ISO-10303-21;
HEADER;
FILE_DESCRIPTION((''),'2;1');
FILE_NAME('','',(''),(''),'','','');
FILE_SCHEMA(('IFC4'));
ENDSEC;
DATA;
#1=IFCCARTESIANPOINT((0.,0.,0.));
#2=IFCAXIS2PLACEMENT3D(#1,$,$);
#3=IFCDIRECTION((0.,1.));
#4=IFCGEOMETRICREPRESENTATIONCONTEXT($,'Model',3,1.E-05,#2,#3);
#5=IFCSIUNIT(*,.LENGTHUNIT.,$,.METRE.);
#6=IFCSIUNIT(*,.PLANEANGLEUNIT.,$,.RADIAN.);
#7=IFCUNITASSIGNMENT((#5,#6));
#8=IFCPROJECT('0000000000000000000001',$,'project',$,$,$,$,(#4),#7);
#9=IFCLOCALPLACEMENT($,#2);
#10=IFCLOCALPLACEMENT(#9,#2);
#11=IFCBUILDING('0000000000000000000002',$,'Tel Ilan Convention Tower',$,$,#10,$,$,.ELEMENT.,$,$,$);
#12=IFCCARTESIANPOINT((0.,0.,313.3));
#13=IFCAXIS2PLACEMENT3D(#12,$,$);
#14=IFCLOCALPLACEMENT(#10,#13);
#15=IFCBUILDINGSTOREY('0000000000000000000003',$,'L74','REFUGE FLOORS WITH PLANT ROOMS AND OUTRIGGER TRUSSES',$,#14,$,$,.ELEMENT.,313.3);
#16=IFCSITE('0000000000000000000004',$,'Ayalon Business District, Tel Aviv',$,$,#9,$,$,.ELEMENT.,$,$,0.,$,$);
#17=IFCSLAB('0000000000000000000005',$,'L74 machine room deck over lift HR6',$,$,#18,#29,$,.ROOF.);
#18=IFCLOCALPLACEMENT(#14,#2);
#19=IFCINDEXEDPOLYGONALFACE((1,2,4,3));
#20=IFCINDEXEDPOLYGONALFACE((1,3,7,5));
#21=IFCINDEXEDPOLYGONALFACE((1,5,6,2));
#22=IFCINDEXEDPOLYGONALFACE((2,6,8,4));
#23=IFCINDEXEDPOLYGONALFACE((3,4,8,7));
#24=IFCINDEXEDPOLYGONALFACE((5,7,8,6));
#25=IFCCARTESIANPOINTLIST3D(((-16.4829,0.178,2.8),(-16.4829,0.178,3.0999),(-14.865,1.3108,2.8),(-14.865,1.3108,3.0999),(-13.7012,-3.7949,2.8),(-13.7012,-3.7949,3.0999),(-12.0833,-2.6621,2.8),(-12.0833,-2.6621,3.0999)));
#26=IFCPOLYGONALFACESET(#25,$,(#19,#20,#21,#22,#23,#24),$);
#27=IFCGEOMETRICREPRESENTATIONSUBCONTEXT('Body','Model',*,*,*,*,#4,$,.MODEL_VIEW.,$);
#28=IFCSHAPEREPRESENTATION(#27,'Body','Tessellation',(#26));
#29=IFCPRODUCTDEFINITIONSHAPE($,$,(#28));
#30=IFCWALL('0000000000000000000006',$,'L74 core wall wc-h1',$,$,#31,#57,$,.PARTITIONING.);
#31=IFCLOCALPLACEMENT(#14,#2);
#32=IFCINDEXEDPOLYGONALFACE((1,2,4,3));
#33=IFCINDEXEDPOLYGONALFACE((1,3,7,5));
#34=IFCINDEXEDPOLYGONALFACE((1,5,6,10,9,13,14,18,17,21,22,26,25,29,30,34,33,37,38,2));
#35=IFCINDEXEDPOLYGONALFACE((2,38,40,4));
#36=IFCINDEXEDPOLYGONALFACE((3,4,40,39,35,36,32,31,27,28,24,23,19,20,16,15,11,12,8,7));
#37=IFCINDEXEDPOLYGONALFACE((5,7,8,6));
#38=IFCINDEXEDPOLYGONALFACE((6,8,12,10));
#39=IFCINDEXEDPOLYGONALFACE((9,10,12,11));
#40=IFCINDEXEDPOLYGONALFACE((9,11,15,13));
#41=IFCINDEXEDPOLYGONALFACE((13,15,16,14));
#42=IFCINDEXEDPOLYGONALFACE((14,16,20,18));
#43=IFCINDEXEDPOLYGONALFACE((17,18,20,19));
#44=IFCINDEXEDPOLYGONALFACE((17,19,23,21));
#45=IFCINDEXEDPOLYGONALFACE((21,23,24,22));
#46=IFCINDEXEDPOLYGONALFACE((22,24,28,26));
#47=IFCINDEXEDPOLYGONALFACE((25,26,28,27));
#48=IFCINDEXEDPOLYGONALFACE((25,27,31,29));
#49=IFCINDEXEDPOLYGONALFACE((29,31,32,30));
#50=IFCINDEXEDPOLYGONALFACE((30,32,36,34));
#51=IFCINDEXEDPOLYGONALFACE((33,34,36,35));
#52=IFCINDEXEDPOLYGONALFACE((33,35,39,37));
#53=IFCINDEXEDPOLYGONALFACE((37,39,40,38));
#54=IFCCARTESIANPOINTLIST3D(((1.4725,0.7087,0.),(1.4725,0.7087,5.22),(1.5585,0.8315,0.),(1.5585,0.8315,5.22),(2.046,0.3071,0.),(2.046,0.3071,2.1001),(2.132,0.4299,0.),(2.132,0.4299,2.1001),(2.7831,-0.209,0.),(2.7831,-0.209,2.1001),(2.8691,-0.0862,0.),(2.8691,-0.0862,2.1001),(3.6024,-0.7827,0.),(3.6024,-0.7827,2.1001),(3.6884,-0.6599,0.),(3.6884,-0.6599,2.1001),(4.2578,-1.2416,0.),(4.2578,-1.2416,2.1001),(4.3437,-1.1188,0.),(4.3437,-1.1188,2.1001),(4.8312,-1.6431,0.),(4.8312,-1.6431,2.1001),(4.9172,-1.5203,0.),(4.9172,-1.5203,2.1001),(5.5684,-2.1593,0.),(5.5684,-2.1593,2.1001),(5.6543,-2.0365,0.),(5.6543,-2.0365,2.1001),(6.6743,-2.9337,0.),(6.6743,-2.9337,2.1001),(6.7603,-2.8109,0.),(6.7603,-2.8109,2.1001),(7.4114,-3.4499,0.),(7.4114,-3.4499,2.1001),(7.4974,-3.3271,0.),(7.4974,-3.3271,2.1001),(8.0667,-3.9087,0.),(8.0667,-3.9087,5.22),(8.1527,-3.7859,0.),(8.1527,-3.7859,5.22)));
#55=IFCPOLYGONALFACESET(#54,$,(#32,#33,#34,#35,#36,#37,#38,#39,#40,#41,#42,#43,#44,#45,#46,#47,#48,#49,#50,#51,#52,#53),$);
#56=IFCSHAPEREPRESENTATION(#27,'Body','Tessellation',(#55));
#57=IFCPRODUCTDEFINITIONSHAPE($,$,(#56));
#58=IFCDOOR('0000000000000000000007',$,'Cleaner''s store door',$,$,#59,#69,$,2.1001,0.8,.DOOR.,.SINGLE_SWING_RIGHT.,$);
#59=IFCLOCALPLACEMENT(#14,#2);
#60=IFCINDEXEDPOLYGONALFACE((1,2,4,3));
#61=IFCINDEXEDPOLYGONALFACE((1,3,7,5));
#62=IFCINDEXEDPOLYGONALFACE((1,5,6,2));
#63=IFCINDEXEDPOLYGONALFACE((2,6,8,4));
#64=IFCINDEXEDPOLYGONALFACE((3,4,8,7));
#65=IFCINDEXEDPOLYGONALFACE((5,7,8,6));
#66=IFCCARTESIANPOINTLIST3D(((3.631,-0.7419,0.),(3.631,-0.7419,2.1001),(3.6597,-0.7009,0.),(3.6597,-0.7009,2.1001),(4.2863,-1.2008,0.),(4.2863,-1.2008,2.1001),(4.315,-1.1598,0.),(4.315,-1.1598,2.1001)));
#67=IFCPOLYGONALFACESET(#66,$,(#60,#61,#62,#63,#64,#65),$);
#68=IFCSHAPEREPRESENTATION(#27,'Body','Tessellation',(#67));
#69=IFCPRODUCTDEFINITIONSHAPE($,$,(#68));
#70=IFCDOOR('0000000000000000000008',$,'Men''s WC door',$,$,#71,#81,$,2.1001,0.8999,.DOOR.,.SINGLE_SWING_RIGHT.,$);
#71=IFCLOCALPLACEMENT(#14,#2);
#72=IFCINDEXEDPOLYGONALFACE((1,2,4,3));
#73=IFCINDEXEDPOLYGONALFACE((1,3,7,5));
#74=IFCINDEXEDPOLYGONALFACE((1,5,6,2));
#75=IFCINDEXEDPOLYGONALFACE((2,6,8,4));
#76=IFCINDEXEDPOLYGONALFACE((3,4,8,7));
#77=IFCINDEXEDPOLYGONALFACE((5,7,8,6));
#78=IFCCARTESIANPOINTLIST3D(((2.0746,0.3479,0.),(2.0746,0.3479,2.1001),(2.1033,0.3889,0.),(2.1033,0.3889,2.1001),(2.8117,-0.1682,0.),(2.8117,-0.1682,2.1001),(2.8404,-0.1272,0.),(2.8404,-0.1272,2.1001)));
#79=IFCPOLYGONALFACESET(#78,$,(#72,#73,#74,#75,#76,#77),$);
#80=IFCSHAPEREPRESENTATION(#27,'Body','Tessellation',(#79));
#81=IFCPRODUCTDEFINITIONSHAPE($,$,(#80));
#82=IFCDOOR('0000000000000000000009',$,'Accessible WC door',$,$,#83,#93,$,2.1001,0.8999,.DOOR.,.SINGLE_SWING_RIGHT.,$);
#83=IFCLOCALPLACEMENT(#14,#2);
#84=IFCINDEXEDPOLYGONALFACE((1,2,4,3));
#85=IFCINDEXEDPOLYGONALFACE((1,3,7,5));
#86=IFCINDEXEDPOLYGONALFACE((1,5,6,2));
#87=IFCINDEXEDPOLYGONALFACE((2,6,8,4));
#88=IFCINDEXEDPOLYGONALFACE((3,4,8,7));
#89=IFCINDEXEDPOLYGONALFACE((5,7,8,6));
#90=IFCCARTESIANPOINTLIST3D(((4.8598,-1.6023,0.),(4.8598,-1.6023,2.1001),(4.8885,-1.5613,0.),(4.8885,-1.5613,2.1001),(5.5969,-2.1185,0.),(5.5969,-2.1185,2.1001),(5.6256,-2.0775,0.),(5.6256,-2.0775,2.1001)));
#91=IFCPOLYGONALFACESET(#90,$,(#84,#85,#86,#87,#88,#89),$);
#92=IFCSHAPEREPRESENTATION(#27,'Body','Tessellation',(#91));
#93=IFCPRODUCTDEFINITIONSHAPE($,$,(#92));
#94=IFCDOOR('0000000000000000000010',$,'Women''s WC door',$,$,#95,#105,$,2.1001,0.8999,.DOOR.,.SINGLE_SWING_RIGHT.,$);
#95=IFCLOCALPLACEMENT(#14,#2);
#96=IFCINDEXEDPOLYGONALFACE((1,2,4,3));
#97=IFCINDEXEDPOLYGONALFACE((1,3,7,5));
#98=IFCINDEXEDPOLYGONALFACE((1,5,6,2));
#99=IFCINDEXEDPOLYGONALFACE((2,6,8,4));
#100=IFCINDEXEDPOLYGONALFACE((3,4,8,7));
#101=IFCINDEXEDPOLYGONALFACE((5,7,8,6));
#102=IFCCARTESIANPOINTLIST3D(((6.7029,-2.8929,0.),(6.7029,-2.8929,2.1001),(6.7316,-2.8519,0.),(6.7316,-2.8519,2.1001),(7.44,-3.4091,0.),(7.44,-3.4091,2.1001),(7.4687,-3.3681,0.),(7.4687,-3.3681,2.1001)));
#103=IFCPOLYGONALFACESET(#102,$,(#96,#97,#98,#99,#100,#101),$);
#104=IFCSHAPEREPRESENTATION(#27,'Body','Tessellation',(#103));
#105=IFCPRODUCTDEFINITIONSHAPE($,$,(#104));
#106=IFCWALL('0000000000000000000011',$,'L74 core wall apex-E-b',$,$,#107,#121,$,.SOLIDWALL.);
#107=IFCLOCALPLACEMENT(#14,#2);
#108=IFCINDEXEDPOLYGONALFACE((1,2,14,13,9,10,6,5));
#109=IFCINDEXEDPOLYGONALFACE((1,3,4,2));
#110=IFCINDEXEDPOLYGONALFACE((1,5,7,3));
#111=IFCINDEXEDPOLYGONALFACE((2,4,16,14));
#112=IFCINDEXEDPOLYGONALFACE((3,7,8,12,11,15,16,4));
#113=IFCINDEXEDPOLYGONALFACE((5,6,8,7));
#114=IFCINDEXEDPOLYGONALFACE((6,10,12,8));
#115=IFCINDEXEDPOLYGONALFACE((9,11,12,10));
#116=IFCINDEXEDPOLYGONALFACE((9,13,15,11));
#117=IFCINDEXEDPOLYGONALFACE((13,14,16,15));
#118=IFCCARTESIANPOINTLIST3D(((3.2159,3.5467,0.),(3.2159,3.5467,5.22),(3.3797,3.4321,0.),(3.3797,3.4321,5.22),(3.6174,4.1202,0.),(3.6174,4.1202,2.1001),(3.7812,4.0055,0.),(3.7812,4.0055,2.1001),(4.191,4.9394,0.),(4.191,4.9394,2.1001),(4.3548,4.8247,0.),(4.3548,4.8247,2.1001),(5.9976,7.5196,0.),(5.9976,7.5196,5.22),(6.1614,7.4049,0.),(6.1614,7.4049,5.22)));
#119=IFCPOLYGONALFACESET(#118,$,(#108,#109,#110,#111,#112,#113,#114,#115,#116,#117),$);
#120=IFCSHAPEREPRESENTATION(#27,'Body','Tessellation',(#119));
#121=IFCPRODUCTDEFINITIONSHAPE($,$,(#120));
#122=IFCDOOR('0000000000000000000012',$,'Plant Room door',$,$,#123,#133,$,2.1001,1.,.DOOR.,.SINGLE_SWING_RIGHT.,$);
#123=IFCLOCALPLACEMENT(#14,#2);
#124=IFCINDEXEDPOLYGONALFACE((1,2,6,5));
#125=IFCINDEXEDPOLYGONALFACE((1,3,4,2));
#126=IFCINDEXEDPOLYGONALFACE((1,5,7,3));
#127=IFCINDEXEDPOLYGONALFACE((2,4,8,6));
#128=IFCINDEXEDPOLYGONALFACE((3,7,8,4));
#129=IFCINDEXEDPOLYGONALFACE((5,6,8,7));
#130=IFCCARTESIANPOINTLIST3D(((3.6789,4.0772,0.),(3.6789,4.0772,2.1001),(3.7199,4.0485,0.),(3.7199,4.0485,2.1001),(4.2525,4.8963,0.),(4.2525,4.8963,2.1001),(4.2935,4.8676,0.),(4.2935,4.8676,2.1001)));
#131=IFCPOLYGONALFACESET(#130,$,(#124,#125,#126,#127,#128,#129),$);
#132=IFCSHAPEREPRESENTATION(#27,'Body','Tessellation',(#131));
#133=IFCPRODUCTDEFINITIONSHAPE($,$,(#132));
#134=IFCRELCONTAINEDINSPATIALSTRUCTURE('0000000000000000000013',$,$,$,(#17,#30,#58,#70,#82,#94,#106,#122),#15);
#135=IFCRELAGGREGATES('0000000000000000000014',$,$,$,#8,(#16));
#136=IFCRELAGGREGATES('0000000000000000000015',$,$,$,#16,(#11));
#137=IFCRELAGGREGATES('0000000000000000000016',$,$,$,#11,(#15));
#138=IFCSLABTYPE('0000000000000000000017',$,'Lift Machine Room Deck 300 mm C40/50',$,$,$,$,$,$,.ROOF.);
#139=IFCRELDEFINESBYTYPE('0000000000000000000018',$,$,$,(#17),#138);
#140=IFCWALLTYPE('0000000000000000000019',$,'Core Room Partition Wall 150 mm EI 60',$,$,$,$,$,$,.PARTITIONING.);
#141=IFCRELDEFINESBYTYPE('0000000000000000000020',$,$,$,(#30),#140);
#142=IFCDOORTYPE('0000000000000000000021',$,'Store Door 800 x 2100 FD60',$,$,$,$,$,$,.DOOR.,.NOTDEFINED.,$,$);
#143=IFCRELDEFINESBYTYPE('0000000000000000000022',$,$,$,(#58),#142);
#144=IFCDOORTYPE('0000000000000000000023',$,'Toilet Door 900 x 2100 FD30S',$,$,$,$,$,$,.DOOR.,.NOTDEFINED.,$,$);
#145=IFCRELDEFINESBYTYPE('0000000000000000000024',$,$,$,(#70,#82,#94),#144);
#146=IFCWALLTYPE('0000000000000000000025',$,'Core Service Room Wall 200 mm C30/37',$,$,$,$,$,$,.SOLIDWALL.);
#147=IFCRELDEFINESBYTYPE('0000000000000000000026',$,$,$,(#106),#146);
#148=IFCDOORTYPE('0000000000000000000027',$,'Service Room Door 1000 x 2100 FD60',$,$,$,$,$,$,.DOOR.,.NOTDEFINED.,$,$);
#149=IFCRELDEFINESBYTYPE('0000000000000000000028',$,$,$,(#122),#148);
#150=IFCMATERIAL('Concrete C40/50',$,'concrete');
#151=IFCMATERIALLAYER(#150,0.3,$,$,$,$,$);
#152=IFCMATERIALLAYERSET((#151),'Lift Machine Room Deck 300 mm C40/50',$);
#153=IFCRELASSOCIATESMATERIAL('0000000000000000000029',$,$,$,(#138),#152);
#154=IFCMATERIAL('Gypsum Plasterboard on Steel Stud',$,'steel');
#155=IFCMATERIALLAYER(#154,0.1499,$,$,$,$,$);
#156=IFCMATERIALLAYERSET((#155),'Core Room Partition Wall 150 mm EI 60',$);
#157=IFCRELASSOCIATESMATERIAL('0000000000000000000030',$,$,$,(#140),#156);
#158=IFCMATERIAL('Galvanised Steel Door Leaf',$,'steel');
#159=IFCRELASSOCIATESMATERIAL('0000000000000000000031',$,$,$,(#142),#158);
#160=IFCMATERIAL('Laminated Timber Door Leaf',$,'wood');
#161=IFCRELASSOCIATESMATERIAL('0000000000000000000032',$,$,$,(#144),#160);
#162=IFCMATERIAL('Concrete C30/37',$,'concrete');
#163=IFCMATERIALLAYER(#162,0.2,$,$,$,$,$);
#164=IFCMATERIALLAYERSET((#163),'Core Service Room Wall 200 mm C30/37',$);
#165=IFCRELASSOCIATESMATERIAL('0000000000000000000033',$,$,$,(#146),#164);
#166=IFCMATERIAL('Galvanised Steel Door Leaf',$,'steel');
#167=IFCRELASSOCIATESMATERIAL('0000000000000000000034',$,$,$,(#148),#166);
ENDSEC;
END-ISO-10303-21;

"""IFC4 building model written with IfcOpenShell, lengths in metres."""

from ifc_helpers import new_model, si_unit, direction, frame, frame_2d, origin, place, context, subcontext, project, spatial, polyline, rectangle, outline, extrude, material, layer, layer_set, type_object, element, fill, save


model = new_model("IFC4")

# Units and contexts
model_context = context("Model", 3, precision=1e-05, world=origin(), true_north=direction((0.0, 1.0)))
body_context = subcontext(model_context, "Body", "Model", "MODEL_VIEW")
ifc_project = project(units=[si_unit("LENGTHUNIT", "METRE"), si_unit("PLANEANGLEUNIT", "RADIAN")], contexts=[model_context])

# Site, building, storey
site_placement = place(None, origin())
site = spatial("IfcSite", under=ifc_project, at=site_placement, Name="Ayalon Business District, Tel Aviv", CompositionType="ELEMENT", RefElevation=0.0)
building_placement = place(site_placement, origin())
building = spatial("IfcBuilding", under=site, at=building_placement, Name="Tel Ilan Convention Tower", CompositionType="ELEMENT")
storey_placement = place(building_placement, frame((0.0, 0.0, 313.3)))
storey = spatial("IfcBuildingStorey", under=building, at=storey_placement, Name="L74", Description="REFUGE FLOORS WITH PLANT ROOMS AND OUTRIGGER TRUSSES", CompositionType="ELEMENT", Elevation=313.3)

# Slab
ifc_material_1 = material(Name="Concrete C40/50", Category="concrete")
ifc_layer_1 = layer(ifc_material_1, 0.3)
ifc_layer_set_1 = layer_set([ifc_layer_1], Name="Lift Machine Room Deck 300 mm C40/50")
slab_type = type_object("IfcSlabType", Name="Lift Machine Room Deck 300 mm C40/50", PredefinedType="ROOF", material=ifc_layer_set_1)
slab_placement = place(storey_placement, frame((0.0, 0.0, 2.8)))
element("IfcSlab", 1, at=slab_placement, inside=storey, type_object=slab_type, Name="L74 machine room deck over lift HR6", PredefinedType="ROOF", context=body_context, shape_type="SweptSolid", body=[
    extrude(outline(polyline([(-12.0833, -2.6621), (-13.7012, -3.7949), (-16.4829, 0.178), (-14.865, 1.3108), (-12.0833, -2.6621)])), origin(), (0.0, 0.0, 1.0), 0.2998),
])

# Wall, openings, doors
ifc_material_2 = material(Name="Gypsum Plasterboard on Steel Stud", Category="steel")
ifc_layer_2 = layer(ifc_material_2, 0.1499)
ifc_layer_set_2 = layer_set([ifc_layer_2], Name="Core Room Partition Wall 150 mm EI 60")
wall_type_1 = type_object("IfcWallType", Name="Core Room Partition Wall 150 mm EI 60", PredefinedType="PARTITIONING", material=ifc_layer_set_2)
wall_1_placement = place(storey_placement, frame((1.5156, 0.77, 0.0), z_axis=(0.0, 0.0, 1.0), x_axis=(0.819146, -0.573584, 0.0)))
wall_1 = element("IfcWall", 2, at=wall_1_placement, inside=storey, type_object=wall_type_1, Name="L74 core wall wc-h1", PredefinedType="PARTITIONING", context=body_context, shape_type="SweptSolid", body=[
    extrude(rectangle(XDim=8.05, YDim=0.1499, at=frame_2d((4.0249, 0.0))), origin(), (0.0, 0.0, 1.0), 5.22),
])
opening_1_placement = place(wall_1_placement, frame((0.7, 0.0, 0.0)))
opening_1 = element("IfcOpeningElement", 3, at=opening_1_placement, cuts=wall_1, PredefinedType="OPENING", context=body_context, shape_type="SweptSolid", body=[
    extrude(rectangle(XDim=0.8999, YDim=2.1001, at=frame_2d((0.45, 1.05))), frame((0.0, 0.085, 0.0), z_axis=(0.0, -1.0, 0.0), x_axis=(1.0, 0.0, 0.0)), (0.0, 0.0, 1.0), 0.1699),
])
opening_2_placement = place(wall_1_placement, frame((2.6001, 0.0, 0.0)))
opening_2 = element("IfcOpeningElement", 4, at=opening_2_placement, cuts=wall_1, PredefinedType="OPENING", context=body_context, shape_type="SweptSolid", body=[
    extrude(rectangle(XDim=0.8, YDim=2.1001, at=frame_2d((0.3999, 1.05))), frame((0.0, 0.085, 0.0), z_axis=(0.0, -1.0, 0.0), x_axis=(1.0, 0.0, 0.0)), (0.0, 0.0, 1.0), 0.1699),
])
opening_3_placement = place(wall_1_placement, frame((4.1001, 0.0, 0.0)))
opening_3 = element("IfcOpeningElement", 5, at=opening_3_placement, cuts=wall_1, PredefinedType="OPENING", context=body_context, shape_type="SweptSolid", body=[
    extrude(rectangle(XDim=0.8999, YDim=2.1001, at=frame_2d((0.45, 1.05))), frame((0.0, 0.085, 0.0), z_axis=(0.0, -1.0, 0.0), x_axis=(1.0, 0.0, 0.0)), (0.0, 0.0, 1.0), 0.1699),
])
opening_4_placement = place(wall_1_placement, frame((6.3501, 0.0, 0.0)))
opening_4 = element("IfcOpeningElement", 6, at=opening_4_placement, cuts=wall_1, PredefinedType="OPENING", context=body_context, shape_type="SweptSolid", body=[
    extrude(rectangle(XDim=0.8999, YDim=2.1001, at=frame_2d((0.45, 1.05))), frame((0.0, 0.085, 0.0), z_axis=(0.0, -1.0, 0.0), x_axis=(1.0, 0.0, 0.0)), (0.0, 0.0, 1.0), 0.1699),
])
ifc_material_3 = material(Name="Galvanised Steel Door Leaf", Category="steel")
door_type_1 = type_object("IfcDoorType", Name="Store Door 800 x 2100 FD60", OperationType="NOTDEFINED", PredefinedType="DOOR", material=ifc_material_3)
door_1_placement = place(opening_2_placement, origin())
door_1 = element("IfcDoor", 7, at=door_1_placement, inside=storey, type_object=door_type_1, Name="Cleaner's store door", OperationType="SINGLE_SWING_RIGHT", OverallHeight=2.1001, OverallWidth=0.8, PredefinedType="DOOR", context=body_context, shape_type="SweptSolid", body=[
    extrude(rectangle(XDim=0.8, YDim=2.1001, at=frame_2d((0.3999, 1.05))), frame((0.0, 0.0249, 0.0), z_axis=(0.0, -1.0, 0.0), x_axis=(1.0, 0.0, 0.0)), (0.0, 0.0, 1.0), 0.05),
])
fill(opening_2, door_1)
ifc_material_4 = material(Name="Laminated Timber Door Leaf", Category="wood")
door_type_2 = type_object("IfcDoorType", Name="Toilet Door 900 x 2100 FD30S", OperationType="NOTDEFINED", PredefinedType="DOOR", material=ifc_material_4)
door_2_placement = place(opening_1_placement, origin())
door_2 = element("IfcDoor", 8, at=door_2_placement, inside=storey, type_object=door_type_2, Name="Men's WC door", OperationType="SINGLE_SWING_RIGHT", OverallHeight=2.1001, OverallWidth=0.8999, PredefinedType="DOOR", context=body_context, shape_type="SweptSolid", body=[
    extrude(rectangle(XDim=0.8999, YDim=2.1001, at=frame_2d((0.45, 1.05))), frame((0.0, 0.0249, 0.0), z_axis=(0.0, -1.0, 0.0), x_axis=(1.0, 0.0, 0.0)), (0.0, 0.0, 1.0), 0.05),
])
fill(opening_1, door_2)
door_3_placement = place(opening_3_placement, origin())
door_3 = element("IfcDoor", 9, at=door_3_placement, inside=storey, type_object=door_type_2, Name="Accessible WC door", OperationType="SINGLE_SWING_RIGHT", OverallHeight=2.1001, OverallWidth=0.8999, PredefinedType="DOOR", context=body_context, shape_type="SweptSolid", body=[
    extrude(rectangle(XDim=0.8999, YDim=2.1001, at=frame_2d((0.45, 1.05))), frame((0.0, 0.0249, 0.0), z_axis=(0.0, -1.0, 0.0), x_axis=(1.0, 0.0, 0.0)), (0.0, 0.0, 1.0), 0.05),
])
fill(opening_3, door_3)
door_4_placement = place(opening_4_placement, origin())
door_4 = element("IfcDoor", 10, at=door_4_placement, inside=storey, type_object=door_type_2, Name="Women's WC door", OperationType="SINGLE_SWING_RIGHT", OverallHeight=2.1001, OverallWidth=0.8999, PredefinedType="DOOR", context=body_context, shape_type="SweptSolid", body=[
    extrude(rectangle(XDim=0.8999, YDim=2.1001, at=frame_2d((0.45, 1.05))), frame((0.0, 0.0249, 0.0), z_axis=(0.0, -1.0, 0.0), x_axis=(1.0, 0.0, 0.0)), (0.0, 0.0, 1.0), 0.05),
])
fill(opening_4, door_4)

# Wall, opening, door
ifc_material_5 = material(Name="Concrete C30/37", Category="concrete")
ifc_layer_3 = layer(ifc_material_5, 0.2)
ifc_layer_set_3 = layer_set([ifc_layer_3], Name="Core Service Room Wall 200 mm C30/37")
wall_type_2 = type_object("IfcWallType", Name="Core Service Room Wall 200 mm C30/37", PredefinedType="SOLIDWALL", material=ifc_layer_set_3)
wall_2_placement = place(storey_placement, frame((3.2979, 3.4895, 0.0), z_axis=(0.0, 0.0, 1.0), x_axis=(0.57356, 0.819163, 0.0)))
wall_2 = element("IfcWall", 11, at=wall_2_placement, inside=storey, type_object=wall_type_2, Name="L74 core wall apex-E-b", PredefinedType="SOLIDWALL", context=body_context, shape_type="SweptSolid", body=[
    extrude(rectangle(XDim=4.8499, YDim=0.2, at=frame_2d((2.4248, 0.0))), origin(), (0.0, 0.0, 1.0), 5.22),
])
opening_5_placement = place(wall_2_placement, frame((0.7, 0.0, 0.0)))
opening_5 = element("IfcOpeningElement", 12, at=opening_5_placement, cuts=wall_2, PredefinedType="OPENING", context=body_context, shape_type="SweptSolid", body=[
    extrude(rectangle(XDim=1.0, YDim=2.1001, at=frame_2d((0.5, 1.05))), frame((0.0, 0.1099, 0.0), z_axis=(0.0, -1.0, 0.0), x_axis=(1.0, 0.0, 0.0)), (0.0, 0.0, 1.0), 0.22),
])
ifc_material_6 = material(Name="Galvanised Steel Door Leaf", Category="steel")
door_type_3 = type_object("IfcDoorType", Name="Service Room Door 1000 x 2100 FD60", OperationType="NOTDEFINED", PredefinedType="DOOR", material=ifc_material_6)
door_5_placement = place(opening_5_placement, origin())
door_5 = element("IfcDoor", 13, at=door_5_placement, inside=storey, type_object=door_type_3, Name="Plant Room door", OperationType="SINGLE_SWING_RIGHT", OverallHeight=2.1001, OverallWidth=1.0, PredefinedType="DOOR", context=body_context, shape_type="SweptSolid", body=[
    extrude(rectangle(XDim=1.0, YDim=2.1001, at=frame_2d((0.5, 1.05))), frame((0.0, 0.0249, 0.0), z_axis=(0.0, -1.0, 0.0), x_axis=(1.0, 0.0, 0.0)), (0.0, 0.0, 1.0), 0.05),
])
fill(opening_5, door_5)

save(model, "model.ifc")
